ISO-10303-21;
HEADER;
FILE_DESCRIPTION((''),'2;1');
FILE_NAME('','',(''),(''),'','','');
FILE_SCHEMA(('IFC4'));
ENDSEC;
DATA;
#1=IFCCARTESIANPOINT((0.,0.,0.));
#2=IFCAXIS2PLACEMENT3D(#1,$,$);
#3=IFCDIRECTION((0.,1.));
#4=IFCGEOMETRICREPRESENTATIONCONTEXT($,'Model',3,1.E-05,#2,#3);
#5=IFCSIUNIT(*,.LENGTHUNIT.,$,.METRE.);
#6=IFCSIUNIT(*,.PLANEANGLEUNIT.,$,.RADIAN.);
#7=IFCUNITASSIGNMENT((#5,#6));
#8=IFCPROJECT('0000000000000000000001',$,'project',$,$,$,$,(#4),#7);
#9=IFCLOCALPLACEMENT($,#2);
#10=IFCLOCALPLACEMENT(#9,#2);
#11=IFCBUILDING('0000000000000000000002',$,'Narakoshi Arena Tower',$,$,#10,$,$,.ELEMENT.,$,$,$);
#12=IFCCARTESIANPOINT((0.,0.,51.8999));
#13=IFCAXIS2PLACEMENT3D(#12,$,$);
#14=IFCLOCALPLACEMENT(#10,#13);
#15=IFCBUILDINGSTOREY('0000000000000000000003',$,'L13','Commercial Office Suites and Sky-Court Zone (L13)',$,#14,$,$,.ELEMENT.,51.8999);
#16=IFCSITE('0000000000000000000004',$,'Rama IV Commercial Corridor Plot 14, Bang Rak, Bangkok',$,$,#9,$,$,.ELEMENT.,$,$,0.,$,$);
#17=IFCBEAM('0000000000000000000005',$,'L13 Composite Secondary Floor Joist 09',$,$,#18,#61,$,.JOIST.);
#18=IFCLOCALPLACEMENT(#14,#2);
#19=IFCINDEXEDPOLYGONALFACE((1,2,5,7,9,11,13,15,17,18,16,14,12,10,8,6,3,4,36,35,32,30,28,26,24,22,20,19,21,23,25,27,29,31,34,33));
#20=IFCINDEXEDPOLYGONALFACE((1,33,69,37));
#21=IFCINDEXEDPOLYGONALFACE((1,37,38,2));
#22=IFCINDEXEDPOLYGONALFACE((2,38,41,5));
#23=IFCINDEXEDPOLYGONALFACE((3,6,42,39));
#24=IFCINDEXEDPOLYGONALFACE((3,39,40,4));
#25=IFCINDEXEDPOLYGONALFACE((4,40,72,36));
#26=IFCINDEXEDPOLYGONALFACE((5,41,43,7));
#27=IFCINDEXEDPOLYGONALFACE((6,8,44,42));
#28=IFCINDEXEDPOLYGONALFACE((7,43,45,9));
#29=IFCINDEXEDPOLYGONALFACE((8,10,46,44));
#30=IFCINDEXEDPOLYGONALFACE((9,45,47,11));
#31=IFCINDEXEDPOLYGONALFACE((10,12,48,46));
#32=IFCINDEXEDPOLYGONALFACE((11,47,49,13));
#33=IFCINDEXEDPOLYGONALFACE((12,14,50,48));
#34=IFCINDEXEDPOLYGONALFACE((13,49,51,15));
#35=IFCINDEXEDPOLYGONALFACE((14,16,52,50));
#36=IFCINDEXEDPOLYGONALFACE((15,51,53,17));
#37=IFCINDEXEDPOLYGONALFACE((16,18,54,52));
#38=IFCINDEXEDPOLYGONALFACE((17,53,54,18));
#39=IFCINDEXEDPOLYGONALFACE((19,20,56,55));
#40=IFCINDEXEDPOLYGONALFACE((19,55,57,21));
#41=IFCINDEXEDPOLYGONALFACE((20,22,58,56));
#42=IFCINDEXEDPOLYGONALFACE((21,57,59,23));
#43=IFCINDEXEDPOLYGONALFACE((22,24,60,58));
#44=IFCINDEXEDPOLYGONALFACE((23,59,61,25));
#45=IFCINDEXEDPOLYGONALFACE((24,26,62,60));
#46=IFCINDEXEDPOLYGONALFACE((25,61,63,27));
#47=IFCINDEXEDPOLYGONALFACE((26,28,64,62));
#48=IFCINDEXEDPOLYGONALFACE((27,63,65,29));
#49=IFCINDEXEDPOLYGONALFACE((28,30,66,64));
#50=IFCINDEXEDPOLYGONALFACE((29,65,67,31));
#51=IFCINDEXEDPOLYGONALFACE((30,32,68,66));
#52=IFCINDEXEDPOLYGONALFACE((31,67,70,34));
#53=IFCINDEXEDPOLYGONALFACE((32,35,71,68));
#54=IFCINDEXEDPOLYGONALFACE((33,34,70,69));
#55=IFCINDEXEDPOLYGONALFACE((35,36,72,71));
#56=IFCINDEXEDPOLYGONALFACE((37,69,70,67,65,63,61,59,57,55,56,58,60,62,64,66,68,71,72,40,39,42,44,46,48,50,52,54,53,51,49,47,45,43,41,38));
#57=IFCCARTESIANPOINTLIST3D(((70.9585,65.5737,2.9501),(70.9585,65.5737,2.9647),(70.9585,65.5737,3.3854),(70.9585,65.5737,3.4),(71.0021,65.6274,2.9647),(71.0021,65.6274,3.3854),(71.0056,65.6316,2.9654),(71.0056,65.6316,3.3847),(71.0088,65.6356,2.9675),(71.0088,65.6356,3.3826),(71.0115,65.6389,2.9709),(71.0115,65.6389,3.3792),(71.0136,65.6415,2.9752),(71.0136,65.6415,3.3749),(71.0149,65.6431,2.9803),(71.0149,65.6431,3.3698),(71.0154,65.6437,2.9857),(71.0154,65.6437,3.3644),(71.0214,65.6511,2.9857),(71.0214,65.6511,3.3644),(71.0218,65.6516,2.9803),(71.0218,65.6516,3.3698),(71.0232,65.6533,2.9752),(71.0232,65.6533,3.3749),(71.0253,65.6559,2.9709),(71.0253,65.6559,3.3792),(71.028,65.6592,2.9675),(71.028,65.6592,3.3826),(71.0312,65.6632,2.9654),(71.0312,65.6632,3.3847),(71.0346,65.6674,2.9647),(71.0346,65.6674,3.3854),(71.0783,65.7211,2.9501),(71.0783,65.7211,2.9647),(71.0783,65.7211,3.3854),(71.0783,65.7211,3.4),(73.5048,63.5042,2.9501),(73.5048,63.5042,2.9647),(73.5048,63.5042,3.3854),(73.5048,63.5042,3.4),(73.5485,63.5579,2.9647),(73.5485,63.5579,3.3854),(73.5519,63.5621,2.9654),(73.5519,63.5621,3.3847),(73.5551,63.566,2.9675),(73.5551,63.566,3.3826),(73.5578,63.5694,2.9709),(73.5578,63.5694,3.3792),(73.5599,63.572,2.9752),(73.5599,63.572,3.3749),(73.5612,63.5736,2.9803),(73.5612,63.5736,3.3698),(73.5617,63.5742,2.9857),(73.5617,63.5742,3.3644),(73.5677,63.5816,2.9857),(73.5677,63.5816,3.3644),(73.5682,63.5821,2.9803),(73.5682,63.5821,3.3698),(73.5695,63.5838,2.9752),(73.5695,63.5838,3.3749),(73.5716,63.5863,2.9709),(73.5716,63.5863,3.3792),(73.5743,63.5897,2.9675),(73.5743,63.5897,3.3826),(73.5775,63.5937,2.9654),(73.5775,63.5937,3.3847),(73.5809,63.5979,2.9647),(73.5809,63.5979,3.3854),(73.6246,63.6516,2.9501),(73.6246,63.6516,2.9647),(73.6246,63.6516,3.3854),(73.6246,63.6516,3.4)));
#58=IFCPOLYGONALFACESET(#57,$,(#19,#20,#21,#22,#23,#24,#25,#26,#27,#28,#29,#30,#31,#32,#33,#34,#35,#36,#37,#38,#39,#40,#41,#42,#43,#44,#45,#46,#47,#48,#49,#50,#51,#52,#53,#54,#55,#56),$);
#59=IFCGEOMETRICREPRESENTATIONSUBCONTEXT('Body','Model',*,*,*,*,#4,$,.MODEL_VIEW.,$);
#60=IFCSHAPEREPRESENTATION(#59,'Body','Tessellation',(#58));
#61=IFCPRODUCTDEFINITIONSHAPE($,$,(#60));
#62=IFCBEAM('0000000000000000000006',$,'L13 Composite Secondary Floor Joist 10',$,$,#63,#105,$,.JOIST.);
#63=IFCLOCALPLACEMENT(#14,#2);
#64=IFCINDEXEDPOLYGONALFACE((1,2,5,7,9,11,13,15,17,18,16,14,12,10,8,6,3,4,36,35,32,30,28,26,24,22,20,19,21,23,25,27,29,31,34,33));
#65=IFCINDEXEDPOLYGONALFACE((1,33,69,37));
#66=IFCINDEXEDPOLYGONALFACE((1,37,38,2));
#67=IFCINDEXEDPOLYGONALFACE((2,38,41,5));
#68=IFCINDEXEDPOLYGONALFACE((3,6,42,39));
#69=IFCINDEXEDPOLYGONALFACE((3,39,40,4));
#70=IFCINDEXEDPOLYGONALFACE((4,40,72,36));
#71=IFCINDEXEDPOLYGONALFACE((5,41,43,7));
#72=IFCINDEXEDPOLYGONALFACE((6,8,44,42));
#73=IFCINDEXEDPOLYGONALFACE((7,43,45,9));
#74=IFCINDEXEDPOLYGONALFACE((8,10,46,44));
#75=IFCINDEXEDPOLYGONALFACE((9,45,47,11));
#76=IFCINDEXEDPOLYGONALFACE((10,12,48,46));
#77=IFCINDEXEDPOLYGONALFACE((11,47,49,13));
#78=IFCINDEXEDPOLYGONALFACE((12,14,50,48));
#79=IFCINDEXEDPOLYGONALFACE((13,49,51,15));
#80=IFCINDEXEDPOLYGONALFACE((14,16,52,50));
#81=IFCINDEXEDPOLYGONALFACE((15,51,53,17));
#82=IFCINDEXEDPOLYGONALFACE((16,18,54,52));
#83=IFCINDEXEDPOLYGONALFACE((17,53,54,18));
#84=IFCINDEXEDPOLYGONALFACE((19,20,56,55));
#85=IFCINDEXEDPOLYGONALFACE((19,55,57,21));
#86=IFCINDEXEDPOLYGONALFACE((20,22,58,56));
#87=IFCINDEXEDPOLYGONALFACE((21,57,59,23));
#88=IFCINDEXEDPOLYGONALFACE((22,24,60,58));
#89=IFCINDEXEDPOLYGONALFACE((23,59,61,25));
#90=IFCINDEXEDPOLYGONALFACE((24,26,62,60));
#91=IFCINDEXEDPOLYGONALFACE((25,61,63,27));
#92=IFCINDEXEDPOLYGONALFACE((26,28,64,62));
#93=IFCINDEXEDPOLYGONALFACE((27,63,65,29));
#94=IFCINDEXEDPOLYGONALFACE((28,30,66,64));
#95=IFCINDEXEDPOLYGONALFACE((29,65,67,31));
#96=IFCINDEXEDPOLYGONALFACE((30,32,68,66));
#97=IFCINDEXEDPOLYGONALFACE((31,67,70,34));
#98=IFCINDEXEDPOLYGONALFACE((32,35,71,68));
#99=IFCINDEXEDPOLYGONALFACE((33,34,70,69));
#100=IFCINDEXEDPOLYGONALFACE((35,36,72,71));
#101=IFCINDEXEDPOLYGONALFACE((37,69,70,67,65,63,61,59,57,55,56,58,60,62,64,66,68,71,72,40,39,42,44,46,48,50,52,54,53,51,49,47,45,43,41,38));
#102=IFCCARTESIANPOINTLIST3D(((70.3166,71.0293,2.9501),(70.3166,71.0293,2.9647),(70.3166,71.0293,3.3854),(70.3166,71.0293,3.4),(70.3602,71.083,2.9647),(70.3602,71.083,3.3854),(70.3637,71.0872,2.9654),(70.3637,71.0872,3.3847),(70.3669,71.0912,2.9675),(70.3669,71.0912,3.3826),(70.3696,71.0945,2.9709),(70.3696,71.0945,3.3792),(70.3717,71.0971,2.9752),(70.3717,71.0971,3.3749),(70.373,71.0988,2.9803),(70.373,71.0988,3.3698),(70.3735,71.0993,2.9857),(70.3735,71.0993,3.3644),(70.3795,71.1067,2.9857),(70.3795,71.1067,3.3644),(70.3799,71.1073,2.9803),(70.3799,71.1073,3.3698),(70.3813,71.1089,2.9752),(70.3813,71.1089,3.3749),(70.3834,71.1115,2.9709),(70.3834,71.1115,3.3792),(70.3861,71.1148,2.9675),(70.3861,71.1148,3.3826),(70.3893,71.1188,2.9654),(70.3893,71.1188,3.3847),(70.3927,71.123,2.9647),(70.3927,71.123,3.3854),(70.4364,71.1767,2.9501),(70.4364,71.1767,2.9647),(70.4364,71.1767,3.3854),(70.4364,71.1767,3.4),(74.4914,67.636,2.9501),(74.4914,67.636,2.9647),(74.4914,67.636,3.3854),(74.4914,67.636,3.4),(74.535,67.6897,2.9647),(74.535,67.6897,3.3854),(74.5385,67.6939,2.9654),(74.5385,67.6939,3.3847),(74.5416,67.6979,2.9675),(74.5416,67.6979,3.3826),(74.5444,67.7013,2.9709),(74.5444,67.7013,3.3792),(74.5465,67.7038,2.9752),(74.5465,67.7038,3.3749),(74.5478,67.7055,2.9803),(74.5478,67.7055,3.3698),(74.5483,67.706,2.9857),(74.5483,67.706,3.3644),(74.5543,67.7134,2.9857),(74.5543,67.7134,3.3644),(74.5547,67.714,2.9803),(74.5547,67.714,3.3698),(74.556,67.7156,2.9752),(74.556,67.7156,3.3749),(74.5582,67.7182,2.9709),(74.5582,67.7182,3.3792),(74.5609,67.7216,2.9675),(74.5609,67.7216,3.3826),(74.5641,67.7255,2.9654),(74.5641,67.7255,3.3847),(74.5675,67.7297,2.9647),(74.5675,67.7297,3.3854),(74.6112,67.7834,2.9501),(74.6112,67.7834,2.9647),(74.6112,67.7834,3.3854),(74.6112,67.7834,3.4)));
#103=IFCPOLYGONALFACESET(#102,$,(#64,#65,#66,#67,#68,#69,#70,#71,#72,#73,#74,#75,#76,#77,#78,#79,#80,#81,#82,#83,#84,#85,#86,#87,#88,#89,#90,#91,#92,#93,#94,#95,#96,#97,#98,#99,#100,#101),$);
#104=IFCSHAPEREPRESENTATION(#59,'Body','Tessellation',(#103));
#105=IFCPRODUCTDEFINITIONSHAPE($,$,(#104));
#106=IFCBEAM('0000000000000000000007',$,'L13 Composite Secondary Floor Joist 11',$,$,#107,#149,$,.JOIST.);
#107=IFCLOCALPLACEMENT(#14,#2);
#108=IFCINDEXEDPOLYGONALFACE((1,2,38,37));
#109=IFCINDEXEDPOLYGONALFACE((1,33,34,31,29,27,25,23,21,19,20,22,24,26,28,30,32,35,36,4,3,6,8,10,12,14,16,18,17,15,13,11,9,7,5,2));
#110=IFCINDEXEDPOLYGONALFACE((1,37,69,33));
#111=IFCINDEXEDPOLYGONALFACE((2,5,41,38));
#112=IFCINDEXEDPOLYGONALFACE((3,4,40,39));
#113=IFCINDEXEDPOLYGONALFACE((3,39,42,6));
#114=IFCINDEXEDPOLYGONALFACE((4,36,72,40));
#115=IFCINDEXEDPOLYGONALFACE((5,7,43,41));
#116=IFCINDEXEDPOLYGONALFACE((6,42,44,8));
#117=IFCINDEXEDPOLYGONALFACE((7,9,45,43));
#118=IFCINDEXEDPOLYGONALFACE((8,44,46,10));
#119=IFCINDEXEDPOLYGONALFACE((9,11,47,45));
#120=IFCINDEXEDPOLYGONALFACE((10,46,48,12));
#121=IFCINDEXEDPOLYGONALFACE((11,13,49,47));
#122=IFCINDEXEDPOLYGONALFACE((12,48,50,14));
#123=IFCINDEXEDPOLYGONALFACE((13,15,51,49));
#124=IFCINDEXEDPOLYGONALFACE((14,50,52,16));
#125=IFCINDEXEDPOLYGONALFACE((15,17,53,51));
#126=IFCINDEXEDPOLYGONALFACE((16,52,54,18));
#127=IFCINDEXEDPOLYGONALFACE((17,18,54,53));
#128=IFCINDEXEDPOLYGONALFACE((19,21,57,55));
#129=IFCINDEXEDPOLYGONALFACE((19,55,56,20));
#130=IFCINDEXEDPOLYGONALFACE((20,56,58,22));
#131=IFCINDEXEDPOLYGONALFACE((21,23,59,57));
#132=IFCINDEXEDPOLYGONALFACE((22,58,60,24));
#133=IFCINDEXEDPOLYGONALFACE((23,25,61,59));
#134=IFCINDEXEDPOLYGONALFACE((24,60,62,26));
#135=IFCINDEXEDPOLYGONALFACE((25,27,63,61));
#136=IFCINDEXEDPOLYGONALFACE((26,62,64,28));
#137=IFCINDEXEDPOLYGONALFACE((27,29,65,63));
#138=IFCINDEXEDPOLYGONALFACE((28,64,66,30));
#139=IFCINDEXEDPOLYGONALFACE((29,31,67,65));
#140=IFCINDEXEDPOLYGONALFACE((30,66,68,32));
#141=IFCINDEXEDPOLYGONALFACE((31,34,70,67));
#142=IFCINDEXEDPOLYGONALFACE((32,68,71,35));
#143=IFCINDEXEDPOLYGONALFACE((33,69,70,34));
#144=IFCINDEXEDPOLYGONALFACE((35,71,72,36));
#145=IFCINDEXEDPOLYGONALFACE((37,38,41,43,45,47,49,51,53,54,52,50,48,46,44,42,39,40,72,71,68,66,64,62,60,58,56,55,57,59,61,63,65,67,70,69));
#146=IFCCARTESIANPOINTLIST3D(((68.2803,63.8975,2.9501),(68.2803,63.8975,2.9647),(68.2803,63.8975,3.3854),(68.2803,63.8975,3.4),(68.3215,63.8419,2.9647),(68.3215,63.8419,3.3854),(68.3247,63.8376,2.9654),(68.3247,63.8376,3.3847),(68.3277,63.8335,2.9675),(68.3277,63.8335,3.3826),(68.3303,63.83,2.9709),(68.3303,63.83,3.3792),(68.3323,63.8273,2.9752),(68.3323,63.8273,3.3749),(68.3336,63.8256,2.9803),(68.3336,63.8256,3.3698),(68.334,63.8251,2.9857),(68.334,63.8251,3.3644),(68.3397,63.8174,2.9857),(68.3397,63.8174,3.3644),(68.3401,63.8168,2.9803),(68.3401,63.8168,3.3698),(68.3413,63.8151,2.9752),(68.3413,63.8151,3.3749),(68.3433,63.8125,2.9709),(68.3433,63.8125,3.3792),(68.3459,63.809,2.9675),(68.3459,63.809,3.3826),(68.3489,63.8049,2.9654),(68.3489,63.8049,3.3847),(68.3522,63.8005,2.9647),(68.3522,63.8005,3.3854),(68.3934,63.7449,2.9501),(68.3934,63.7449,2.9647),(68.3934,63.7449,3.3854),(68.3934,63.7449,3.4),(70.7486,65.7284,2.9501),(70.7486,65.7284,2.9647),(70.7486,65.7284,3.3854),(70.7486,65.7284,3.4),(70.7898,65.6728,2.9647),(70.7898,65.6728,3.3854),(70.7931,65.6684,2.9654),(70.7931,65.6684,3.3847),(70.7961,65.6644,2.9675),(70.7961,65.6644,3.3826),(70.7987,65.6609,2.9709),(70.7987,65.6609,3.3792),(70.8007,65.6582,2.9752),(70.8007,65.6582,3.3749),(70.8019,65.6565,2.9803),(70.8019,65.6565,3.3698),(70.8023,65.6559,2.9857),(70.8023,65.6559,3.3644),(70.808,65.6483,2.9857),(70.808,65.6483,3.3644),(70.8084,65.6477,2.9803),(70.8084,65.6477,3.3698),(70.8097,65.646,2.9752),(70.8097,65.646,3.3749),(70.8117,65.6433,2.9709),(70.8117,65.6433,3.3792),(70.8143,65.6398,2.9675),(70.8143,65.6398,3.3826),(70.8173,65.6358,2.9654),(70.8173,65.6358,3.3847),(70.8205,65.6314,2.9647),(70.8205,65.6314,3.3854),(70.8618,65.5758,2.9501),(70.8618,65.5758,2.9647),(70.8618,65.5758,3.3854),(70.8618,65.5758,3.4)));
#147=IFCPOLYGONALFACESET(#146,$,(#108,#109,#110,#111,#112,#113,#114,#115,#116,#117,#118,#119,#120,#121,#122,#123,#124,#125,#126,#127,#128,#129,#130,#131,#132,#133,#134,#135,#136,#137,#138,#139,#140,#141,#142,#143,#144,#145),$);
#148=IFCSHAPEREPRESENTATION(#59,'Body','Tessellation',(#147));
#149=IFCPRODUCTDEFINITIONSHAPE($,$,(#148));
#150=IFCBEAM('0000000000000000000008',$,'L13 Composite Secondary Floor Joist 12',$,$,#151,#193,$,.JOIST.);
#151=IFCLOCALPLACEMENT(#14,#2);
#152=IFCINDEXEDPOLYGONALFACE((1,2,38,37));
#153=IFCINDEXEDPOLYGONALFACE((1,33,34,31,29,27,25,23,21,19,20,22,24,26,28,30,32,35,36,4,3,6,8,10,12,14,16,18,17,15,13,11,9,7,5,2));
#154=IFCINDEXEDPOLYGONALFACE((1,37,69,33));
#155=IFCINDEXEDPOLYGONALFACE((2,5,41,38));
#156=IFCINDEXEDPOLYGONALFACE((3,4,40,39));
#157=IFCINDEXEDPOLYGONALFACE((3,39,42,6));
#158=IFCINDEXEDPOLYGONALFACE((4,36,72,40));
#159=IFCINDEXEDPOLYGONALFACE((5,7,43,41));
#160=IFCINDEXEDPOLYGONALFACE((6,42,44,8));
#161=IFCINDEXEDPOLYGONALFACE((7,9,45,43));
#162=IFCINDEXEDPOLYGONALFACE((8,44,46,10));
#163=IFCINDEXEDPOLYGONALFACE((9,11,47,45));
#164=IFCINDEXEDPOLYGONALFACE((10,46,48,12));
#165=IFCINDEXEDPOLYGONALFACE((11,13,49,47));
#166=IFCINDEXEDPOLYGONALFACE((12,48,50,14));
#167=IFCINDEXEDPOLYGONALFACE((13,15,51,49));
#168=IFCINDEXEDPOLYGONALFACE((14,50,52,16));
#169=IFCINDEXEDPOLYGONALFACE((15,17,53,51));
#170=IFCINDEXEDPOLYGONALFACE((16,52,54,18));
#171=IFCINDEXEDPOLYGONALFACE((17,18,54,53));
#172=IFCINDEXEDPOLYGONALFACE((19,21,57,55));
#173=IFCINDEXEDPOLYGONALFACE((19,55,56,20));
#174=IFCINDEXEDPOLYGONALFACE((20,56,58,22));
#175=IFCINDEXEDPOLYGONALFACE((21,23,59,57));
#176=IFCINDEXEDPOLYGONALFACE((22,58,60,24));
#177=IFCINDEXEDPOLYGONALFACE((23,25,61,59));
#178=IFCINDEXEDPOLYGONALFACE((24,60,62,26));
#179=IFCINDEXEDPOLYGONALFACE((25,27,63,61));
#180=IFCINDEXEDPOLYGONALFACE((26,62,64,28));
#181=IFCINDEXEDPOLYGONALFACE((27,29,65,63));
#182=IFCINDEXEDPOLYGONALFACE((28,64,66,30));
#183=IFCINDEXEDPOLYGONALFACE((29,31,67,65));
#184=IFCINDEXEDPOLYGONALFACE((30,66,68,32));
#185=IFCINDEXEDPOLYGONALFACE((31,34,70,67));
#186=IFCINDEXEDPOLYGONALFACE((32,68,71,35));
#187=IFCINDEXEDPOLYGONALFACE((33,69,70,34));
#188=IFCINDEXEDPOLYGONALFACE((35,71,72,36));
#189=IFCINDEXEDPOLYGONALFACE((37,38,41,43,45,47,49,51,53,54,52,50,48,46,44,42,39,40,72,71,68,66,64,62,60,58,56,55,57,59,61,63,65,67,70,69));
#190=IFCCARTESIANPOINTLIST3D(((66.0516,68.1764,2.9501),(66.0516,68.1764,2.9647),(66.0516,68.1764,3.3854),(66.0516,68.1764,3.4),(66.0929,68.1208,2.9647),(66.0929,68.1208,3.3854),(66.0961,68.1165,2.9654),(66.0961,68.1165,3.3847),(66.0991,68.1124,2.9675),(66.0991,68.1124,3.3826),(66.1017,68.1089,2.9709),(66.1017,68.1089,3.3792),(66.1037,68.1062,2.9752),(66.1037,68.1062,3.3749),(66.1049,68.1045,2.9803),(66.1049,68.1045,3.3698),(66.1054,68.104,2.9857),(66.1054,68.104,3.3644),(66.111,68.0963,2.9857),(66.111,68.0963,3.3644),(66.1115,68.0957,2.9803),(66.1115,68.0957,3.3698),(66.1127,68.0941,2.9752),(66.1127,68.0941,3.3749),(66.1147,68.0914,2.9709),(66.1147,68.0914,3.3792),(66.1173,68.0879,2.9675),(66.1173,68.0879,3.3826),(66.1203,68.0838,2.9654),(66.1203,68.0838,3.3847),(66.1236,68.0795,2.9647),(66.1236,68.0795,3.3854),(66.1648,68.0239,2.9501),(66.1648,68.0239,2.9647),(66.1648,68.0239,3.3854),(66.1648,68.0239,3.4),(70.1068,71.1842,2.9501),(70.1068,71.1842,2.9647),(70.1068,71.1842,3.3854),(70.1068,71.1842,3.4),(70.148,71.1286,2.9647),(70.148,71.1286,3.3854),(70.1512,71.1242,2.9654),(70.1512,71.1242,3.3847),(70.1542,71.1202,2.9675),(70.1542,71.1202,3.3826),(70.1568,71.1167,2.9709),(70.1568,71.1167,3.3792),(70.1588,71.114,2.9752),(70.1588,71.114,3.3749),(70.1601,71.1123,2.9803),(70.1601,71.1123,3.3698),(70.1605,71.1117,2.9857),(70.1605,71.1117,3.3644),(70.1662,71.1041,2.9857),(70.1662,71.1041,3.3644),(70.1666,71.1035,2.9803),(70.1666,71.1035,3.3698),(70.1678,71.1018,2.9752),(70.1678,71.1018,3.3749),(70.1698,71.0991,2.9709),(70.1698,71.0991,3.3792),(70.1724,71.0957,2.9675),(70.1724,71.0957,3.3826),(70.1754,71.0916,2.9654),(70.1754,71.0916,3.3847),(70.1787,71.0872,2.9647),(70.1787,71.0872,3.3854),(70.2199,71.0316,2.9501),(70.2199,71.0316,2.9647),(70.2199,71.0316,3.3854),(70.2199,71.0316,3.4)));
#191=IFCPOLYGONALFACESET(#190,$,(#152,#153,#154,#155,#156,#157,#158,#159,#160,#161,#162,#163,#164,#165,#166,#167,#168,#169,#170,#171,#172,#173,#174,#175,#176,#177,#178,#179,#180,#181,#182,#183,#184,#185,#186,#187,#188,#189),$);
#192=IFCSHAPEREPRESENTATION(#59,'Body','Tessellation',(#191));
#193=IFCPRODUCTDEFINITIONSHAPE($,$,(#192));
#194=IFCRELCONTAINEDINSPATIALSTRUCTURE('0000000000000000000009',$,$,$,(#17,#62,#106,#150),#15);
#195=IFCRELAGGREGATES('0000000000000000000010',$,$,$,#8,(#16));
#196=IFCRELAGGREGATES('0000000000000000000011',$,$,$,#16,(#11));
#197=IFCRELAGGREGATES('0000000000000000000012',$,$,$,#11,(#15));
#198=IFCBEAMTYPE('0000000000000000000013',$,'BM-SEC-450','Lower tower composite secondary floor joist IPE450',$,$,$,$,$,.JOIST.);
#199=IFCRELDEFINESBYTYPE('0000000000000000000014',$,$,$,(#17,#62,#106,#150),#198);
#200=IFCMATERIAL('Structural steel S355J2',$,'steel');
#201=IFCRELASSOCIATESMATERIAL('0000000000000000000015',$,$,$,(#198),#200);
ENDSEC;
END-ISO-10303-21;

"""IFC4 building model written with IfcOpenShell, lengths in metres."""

from ifc_helpers import new_model, si_unit, direction, frame, origin, origin_2d, place, context, subcontext, project, spatial, i_section, extrude, material, material_profile, profile_set, type_object, element, save


model = new_model("IFC4")

# Units and contexts
model_context = context("Model", 3, precision=1e-05, world=origin(), true_north=direction((0.0, 1.0)))
body_context = subcontext(model_context, "Body", "Model", "MODEL_VIEW")
ifc_project = project(units=[si_unit("LENGTHUNIT", "METRE"), si_unit("PLANEANGLEUNIT", "RADIAN")], contexts=[model_context])

# Site, building, storey
site_placement = place(None, origin())
site = spatial("IfcSite", under=ifc_project, at=site_placement, Name="Rama IV Commercial Corridor Plot 14, Bang Rak, Bangkok", CompositionType="ELEMENT", RefElevation=0.0)
building_placement = place(site_placement, origin())
building = spatial("IfcBuilding", under=site, at=building_placement, Name="Narakoshi Arena Tower", CompositionType="ELEMENT")
storey_placement = place(building_placement, frame((0.0, 0.0, 51.8999)))
storey = spatial("IfcBuildingStorey", under=building, at=storey_placement, Name="L13", Description="Commercial Office Suites and Sky-Court Zone (L13)", CompositionType="ELEMENT", Elevation=51.8999)

# Beams
ifc_material_1 = material(Name="Structural steel S355J2", Category="steel")
ifc_material_profile_1 = material_profile(ifc_material_1, i_section(OverallWidth=0.1899, OverallDepth=0.45, WebThickness=0.0095, FlangeThickness=0.0146, FilletRadius=0.021, at=origin_2d()), Name="IPE450")
ifc_profile_set_1 = profile_set([ifc_material_profile_1], Name="Structural steel S355J2")
beam_type_1 = type_object("IfcBeamType", Name="BM-SEC-450", Description="Lower tower composite secondary floor joist IPE450", PredefinedType="JOIST", material=ifc_profile_set_1)
beam_1_placement = place(storey_placement, frame((73.5647, 63.5779, 3.175), z_axis=(-0.776018, 0.63071, 0.0), x_axis=(-0.63071, -0.776018, 0.0)))
element("IfcBeam", 1, at=beam_1_placement, inside=storey, type_object=beam_type_1, Name="L13 Composite Secondary Floor Joist 09", PredefinedType="JOIST", context=body_context, shape_type="SweptSolid", body=[
    extrude(i_section(OverallWidth=0.1899, OverallDepth=0.45, WebThickness=0.0095, FlangeThickness=0.0146, FilletRadius=0.021, at=origin_2d()), origin(), (0.0, 0.0, 1.0), 3.2812),
])
beam_2_placement = place(storey_placement, frame((74.5513, 67.7097, 3.175), z_axis=(-0.775997, 0.630736, 0.0), x_axis=(-0.630736, -0.775997, 0.0)))
element("IfcBeam", 2, at=beam_2_placement, inside=storey, type_object=beam_type_1, Name="L13 Composite Secondary Floor Joist 10", PredefinedType="JOIST", context=body_context, shape_type="SweptSolid", body=[
    extrude(i_section(OverallWidth=0.1899, OverallDepth=0.45, WebThickness=0.0095, FlangeThickness=0.0146, FilletRadius=0.021, at=origin_2d()), origin(), (0.0, 0.0, 1.0), 5.3799),
])
beam_3_placement = place(storey_placement, frame((70.8052, 65.6521, 3.175), z_axis=(-0.803173, -0.595746, 0.0), x_axis=(0.595746, -0.803173, 0.0)))
element("IfcBeam", 3, at=beam_3_placement, inside=storey, type_object=beam_type_1, Name="L13 Composite Secondary Floor Joist 11", PredefinedType="JOIST", context=body_context, shape_type="SweptSolid", body=[
    extrude(i_section(OverallWidth=0.1899, OverallDepth=0.45, WebThickness=0.0095, FlangeThickness=0.0146, FilletRadius=0.021, at=origin_2d()), origin(), (0.0, 0.0, 1.0), 3.0732),
])
beam_4_placement = place(storey_placement, frame((70.1633, 71.1079, 3.175), z_axis=(-0.80318, -0.595736, 0.0), x_axis=(0.595736, -0.80318, 0.0)))
element("IfcBeam", 4, at=beam_4_placement, inside=storey, type_object=beam_type_1, Name="L13 Composite Secondary Floor Joist 12", PredefinedType="JOIST", context=body_context, shape_type="SweptSolid", body=[
    extrude(i_section(OverallWidth=0.1899, OverallDepth=0.45, WebThickness=0.0095, FlangeThickness=0.0146, FilletRadius=0.021, at=origin_2d()), origin(), (0.0, 0.0, 1.0), 5.0488),
])

save(model, "model.ifc")
